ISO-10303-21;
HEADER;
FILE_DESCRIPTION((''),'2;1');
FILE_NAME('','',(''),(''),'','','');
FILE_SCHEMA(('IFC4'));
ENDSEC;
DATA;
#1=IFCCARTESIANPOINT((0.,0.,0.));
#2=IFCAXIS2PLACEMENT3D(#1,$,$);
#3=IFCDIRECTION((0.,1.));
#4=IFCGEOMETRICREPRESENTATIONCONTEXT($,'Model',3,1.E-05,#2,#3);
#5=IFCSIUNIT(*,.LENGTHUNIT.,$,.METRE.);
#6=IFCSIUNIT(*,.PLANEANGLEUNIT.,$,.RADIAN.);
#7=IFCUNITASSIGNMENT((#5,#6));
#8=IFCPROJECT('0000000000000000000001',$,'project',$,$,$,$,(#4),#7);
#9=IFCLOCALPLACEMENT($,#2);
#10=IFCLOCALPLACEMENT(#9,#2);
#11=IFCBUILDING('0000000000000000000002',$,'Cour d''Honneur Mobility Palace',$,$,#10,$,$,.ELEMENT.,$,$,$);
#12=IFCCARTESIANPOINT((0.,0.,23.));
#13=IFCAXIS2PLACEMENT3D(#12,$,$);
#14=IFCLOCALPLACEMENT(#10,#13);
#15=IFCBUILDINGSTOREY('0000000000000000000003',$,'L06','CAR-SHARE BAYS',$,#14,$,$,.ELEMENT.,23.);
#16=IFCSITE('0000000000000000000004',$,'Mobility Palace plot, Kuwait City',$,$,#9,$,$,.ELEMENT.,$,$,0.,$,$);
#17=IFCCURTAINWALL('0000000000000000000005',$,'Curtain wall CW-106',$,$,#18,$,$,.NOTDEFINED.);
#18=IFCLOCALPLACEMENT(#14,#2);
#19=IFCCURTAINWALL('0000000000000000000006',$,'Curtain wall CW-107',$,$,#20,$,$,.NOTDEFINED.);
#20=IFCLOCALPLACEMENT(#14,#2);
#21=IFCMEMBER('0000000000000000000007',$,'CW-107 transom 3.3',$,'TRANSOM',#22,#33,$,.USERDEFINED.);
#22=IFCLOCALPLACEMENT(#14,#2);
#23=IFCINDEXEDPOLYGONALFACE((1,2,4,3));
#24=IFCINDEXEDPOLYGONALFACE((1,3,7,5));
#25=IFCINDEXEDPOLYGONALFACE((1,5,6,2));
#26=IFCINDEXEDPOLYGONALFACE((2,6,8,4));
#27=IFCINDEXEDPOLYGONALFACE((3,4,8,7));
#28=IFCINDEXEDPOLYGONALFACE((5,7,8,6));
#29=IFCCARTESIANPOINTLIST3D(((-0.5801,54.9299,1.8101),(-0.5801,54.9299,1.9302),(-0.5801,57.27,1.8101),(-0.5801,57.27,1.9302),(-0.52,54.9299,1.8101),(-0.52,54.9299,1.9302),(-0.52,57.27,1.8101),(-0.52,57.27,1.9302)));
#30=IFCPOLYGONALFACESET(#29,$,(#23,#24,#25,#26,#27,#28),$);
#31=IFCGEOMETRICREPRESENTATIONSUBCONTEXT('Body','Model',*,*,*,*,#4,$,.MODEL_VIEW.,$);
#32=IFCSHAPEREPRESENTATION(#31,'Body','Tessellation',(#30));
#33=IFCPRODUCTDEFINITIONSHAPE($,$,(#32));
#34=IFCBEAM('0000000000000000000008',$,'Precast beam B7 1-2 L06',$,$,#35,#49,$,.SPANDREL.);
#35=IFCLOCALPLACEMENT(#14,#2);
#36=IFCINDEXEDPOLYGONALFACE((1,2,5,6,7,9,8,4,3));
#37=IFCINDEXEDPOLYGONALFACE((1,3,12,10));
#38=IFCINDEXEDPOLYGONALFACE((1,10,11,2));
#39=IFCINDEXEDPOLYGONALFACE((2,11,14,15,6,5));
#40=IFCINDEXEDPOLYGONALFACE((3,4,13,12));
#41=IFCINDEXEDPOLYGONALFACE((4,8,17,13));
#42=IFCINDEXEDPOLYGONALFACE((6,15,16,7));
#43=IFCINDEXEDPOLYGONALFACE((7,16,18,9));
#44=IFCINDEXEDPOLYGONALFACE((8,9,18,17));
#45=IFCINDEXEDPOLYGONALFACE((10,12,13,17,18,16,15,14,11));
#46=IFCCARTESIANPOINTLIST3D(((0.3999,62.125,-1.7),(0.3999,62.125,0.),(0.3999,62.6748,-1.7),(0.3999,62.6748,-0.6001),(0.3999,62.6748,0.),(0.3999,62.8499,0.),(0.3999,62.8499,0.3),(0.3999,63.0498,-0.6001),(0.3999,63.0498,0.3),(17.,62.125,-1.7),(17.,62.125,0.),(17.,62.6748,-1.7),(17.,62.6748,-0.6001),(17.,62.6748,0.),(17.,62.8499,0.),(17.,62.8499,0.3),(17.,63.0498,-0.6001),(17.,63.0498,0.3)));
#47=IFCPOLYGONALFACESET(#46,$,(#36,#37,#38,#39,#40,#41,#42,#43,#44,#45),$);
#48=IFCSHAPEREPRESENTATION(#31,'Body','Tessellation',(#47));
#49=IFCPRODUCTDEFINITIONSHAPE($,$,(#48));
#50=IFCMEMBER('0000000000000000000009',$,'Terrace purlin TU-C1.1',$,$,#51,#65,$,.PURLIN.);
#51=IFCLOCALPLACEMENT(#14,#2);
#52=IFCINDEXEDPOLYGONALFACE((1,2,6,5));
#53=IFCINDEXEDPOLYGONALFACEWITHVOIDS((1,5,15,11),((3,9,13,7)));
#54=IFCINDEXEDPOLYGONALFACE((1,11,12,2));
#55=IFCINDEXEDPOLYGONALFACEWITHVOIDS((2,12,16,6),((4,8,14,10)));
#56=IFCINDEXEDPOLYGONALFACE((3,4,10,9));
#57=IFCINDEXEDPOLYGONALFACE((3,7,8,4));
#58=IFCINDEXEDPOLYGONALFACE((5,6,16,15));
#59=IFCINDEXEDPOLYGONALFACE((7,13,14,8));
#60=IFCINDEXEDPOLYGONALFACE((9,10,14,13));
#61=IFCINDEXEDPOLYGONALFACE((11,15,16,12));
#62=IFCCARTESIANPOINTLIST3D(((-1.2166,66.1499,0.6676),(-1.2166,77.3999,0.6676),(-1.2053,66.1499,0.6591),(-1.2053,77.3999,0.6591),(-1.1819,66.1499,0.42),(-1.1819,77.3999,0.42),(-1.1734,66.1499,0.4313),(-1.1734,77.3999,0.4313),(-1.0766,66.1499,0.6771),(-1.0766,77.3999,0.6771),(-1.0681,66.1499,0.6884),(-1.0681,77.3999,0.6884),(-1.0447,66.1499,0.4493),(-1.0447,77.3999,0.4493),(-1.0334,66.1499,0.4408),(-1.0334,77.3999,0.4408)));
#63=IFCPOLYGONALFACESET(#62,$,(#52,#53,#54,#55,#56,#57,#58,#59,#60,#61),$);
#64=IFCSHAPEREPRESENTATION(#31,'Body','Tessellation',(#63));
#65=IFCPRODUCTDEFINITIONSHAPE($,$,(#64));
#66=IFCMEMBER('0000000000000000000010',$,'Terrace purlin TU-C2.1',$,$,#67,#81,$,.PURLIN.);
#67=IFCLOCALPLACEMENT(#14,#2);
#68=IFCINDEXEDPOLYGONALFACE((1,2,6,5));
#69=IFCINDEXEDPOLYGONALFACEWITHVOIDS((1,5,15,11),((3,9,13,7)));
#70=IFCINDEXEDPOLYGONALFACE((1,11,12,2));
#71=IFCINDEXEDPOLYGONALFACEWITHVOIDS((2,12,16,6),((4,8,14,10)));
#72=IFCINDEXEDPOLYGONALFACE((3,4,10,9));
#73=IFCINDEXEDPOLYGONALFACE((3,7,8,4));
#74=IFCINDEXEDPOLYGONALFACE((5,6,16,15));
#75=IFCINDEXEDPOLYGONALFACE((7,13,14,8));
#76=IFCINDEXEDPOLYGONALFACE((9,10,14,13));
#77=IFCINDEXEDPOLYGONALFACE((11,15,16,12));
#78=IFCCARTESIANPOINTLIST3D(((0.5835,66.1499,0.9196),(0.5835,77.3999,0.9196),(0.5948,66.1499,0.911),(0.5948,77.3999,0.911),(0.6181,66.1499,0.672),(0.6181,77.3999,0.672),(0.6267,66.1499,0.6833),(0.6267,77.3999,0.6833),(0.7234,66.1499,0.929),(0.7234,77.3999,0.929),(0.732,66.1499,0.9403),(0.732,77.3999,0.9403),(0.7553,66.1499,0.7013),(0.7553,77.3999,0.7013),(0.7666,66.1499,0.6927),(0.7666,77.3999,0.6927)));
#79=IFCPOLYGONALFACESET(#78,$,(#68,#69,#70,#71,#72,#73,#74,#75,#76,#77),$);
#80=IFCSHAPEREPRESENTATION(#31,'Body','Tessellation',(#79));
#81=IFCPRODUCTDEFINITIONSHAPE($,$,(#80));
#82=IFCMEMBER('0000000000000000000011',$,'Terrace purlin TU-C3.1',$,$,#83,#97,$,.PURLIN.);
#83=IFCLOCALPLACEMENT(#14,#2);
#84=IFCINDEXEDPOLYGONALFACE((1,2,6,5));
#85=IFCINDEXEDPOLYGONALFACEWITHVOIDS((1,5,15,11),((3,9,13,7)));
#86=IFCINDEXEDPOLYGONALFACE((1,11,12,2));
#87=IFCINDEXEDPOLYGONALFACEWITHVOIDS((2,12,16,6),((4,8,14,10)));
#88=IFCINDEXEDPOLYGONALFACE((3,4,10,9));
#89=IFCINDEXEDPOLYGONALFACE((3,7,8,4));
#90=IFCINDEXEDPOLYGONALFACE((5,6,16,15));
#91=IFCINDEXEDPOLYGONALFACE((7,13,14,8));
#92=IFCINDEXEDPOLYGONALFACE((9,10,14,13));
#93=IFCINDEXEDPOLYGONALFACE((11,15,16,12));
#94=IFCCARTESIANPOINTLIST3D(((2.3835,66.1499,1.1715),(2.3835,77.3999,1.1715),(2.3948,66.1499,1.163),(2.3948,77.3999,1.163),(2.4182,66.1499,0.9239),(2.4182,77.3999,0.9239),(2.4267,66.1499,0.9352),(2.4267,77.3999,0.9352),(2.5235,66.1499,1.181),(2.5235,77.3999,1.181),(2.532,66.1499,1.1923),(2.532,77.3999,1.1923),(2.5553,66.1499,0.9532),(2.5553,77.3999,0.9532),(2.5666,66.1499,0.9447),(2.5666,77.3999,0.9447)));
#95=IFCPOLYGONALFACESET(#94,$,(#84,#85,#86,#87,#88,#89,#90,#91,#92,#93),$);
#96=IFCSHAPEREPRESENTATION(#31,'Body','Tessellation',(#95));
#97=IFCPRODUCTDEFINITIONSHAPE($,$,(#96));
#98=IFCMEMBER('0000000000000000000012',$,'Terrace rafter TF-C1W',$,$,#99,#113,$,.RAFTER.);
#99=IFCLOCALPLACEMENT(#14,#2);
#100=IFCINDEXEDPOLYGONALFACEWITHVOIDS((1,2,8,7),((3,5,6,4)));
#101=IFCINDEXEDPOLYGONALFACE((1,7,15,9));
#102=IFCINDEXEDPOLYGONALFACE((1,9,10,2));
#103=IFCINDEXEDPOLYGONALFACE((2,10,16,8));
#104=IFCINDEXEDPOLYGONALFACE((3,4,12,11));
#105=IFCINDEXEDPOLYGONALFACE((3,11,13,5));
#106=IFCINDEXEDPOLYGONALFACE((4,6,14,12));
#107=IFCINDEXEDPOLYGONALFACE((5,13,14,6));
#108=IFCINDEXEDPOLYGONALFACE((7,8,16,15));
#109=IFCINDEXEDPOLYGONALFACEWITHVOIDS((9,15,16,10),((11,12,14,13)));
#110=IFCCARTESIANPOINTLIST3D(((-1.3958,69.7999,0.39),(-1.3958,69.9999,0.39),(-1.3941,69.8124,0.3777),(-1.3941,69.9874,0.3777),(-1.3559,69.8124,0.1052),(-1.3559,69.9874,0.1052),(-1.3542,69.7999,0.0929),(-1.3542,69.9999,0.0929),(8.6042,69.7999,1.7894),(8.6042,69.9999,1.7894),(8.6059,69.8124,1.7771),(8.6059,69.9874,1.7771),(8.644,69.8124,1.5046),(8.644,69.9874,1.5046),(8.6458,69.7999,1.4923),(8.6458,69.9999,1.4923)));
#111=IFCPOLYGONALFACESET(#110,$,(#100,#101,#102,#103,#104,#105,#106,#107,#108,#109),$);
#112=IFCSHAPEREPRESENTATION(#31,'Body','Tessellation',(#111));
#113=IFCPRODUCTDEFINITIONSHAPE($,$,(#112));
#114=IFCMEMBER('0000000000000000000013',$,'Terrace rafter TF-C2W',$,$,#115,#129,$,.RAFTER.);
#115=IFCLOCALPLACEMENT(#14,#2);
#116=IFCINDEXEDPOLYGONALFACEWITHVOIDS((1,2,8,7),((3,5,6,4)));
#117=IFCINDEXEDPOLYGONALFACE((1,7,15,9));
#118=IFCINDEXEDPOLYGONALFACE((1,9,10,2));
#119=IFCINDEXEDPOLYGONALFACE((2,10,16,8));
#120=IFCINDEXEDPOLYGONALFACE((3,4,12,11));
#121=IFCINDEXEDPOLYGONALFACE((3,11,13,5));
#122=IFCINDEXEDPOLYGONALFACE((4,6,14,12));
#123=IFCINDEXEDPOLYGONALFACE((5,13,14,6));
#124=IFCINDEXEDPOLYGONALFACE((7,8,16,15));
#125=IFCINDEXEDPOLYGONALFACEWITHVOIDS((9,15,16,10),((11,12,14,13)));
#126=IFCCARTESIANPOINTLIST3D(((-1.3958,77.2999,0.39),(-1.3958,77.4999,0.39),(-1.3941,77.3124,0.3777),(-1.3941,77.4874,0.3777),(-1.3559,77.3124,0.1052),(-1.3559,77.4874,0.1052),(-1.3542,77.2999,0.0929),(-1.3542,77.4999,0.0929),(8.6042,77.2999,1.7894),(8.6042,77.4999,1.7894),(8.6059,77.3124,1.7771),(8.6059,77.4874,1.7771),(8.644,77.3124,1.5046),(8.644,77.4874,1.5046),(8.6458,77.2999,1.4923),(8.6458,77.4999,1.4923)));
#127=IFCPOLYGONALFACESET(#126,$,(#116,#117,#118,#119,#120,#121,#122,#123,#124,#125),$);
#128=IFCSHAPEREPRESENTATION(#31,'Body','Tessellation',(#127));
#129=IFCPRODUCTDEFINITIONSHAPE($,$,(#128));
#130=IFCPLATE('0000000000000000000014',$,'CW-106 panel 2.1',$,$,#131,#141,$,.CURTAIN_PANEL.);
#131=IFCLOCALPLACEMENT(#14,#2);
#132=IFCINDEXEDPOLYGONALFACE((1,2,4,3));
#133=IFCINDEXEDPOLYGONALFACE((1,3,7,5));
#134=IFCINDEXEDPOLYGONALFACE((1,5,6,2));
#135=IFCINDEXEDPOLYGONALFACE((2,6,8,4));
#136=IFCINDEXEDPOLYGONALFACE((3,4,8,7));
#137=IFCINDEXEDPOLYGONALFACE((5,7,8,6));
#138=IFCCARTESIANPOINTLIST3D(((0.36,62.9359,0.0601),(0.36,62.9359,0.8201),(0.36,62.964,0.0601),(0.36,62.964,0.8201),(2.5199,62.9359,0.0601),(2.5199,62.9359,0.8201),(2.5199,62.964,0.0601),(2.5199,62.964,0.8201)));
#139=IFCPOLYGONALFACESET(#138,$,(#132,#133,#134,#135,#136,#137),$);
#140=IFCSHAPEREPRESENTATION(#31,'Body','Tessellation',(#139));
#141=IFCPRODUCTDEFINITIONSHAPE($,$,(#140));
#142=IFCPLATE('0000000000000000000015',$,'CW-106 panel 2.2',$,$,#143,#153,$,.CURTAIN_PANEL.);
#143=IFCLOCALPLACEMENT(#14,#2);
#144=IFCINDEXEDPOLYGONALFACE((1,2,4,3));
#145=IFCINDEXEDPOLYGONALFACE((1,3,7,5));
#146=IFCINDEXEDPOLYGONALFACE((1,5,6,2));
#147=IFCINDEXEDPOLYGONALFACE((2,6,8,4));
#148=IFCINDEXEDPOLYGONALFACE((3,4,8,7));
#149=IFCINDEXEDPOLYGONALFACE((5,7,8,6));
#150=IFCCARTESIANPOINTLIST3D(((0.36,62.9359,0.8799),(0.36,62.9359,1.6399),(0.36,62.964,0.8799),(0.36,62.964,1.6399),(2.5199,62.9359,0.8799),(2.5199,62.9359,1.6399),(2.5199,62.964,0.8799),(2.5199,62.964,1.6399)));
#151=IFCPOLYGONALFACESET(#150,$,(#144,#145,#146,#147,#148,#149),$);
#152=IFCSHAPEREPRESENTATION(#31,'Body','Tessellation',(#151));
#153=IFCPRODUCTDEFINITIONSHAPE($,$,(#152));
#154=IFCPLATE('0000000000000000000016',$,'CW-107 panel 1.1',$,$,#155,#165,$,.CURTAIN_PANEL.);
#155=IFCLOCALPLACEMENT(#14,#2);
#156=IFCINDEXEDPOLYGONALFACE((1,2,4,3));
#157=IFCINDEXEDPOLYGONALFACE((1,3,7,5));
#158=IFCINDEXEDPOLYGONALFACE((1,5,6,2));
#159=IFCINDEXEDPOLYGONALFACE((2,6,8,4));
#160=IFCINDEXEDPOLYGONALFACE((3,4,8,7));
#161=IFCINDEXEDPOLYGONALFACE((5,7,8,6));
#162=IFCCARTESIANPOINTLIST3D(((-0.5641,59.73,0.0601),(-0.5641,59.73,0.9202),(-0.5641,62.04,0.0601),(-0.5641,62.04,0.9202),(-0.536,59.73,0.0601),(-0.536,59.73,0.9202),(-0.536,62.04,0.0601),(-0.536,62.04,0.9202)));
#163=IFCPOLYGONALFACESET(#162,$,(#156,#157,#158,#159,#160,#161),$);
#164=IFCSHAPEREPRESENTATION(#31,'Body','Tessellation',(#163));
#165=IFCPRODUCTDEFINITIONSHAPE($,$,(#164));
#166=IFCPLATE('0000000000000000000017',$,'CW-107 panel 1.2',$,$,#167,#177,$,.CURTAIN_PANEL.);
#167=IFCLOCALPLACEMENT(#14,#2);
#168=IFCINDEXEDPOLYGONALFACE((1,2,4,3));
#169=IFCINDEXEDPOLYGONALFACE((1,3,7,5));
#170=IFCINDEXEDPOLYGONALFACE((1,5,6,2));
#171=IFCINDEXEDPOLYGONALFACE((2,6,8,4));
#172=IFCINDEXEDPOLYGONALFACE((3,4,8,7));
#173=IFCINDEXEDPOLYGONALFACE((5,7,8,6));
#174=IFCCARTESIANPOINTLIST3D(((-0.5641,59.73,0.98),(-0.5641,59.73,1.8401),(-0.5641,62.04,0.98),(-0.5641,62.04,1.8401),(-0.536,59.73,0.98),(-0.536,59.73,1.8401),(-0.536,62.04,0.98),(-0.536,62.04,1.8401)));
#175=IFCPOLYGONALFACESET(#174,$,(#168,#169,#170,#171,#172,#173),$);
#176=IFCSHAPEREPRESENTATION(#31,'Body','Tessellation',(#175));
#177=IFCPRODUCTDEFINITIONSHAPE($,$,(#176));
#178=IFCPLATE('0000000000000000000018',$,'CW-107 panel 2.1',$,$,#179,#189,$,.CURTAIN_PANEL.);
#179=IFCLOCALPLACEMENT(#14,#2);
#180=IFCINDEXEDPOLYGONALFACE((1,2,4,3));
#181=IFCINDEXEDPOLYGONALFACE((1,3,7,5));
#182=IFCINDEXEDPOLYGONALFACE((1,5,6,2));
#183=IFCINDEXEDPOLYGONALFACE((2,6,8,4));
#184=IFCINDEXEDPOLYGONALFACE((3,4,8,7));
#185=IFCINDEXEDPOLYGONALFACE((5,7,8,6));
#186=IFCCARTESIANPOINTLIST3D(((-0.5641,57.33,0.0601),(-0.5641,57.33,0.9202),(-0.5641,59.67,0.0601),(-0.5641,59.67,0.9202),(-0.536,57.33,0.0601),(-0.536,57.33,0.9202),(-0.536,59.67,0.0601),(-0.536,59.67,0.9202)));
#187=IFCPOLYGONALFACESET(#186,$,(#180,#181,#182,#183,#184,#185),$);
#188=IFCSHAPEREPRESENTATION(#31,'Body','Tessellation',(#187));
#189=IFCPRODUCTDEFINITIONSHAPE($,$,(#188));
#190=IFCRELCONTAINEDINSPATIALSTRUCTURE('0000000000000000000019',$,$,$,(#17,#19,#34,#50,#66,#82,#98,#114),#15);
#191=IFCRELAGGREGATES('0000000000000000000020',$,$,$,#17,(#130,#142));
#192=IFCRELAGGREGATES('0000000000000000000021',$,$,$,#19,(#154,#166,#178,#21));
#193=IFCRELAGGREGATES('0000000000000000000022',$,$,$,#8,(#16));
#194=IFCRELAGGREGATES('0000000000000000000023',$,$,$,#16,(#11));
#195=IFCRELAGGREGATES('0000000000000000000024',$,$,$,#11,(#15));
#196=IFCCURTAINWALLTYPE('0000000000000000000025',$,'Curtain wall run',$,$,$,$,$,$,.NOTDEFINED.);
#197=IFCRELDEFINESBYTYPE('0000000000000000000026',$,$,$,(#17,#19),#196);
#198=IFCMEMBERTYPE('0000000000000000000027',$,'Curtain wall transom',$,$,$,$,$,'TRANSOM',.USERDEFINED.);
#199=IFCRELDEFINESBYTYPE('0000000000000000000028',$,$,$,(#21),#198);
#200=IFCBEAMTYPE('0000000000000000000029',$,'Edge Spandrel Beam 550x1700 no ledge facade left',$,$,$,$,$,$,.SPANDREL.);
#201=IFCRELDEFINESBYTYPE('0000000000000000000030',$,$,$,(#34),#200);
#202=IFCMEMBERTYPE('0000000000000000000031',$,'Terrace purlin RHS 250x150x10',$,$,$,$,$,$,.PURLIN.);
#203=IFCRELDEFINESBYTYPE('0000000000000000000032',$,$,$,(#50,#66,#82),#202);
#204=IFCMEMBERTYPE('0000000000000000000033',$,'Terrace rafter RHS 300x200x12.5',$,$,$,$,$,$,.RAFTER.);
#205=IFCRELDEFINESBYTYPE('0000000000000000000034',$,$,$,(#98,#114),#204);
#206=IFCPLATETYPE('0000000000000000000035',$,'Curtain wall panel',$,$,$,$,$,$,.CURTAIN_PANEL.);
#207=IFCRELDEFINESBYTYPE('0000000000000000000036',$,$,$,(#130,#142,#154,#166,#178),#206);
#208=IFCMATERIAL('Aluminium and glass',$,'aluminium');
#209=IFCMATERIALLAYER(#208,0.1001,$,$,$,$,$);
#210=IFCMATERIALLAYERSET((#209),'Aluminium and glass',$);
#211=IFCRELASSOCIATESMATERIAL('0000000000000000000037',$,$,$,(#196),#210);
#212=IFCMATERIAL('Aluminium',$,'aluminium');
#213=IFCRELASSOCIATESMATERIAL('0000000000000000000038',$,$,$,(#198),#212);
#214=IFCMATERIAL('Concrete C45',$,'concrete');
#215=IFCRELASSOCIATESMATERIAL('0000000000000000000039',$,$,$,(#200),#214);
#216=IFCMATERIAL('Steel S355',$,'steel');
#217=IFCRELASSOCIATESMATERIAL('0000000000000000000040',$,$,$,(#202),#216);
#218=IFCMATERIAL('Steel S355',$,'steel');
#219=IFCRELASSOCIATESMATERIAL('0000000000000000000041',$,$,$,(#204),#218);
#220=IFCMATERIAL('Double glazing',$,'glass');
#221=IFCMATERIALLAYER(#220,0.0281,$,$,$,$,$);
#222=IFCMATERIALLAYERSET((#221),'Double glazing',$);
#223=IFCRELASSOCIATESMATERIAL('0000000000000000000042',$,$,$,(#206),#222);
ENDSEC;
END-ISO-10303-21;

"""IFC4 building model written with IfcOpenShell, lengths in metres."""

from ifc_helpers import new_model, si_unit, direction, frame, origin, origin_2d, place, context, subcontext, project, spatial, polyline, rectangle, hollow_rectangle, outline, extrude, material, layer, layer_set, material_profile, profile_set, type_object, element, aggregate, save


model = new_model("IFC4")

# Units and contexts
model_context = context("Model", 3, precision=1e-05, world=origin(), true_north=direction((0.0, 1.0)))
body_context = subcontext(model_context, "Body", "Model", "MODEL_VIEW")
ifc_project = project(units=[si_unit("LENGTHUNIT", "METRE"), si_unit("PLANEANGLEUNIT", "RADIAN")], contexts=[model_context])

# Site, building, storey
site_placement = place(None, origin())
site = spatial("IfcSite", under=ifc_project, at=site_placement, Name="Mobility Palace plot, Kuwait City", CompositionType="ELEMENT", RefElevation=0.0)
building_placement = place(site_placement, origin())
building = spatial("IfcBuilding", under=site, at=building_placement, Name="Cour d'Honneur Mobility Palace", CompositionType="ELEMENT")
storey_placement = place(building_placement, frame((0.0, 0.0, 23.0)))
storey = spatial("IfcBuildingStorey", under=building, at=storey_placement, Name="L06", Description="CAR-SHARE BAYS", CompositionType="ELEMENT", Elevation=23.0)

# Curtain wall
ifc_material_1 = material(Name="Aluminium and glass", Category="aluminium")
ifc_layer_1 = layer(ifc_material_1, 0.1001)
ifc_layer_set_1 = layer_set([ifc_layer_1], Name="Aluminium and glass")
curtain_wall_type = type_object("IfcCurtainWallType", Name="Curtain wall run", PredefinedType="NOTDEFINED", material=ifc_layer_set_1)
curtain_wall_1_placement = place(storey_placement, origin())
curtain_wall_1 = element("IfcCurtainWall", 1, at=curtain_wall_1_placement, inside=storey, type_object=curtain_wall_type, Name="Curtain wall CW-106", PredefinedType="NOTDEFINED")

# Curtain wall
curtain_wall_2_placement = place(storey_placement, origin())
curtain_wall_2 = element("IfcCurtainWall", 2, at=curtain_wall_2_placement, inside=storey, type_object=curtain_wall_type, Name="Curtain wall CW-107", PredefinedType="NOTDEFINED")

# Member
ifc_material_2 = material(Name="Aluminium", Category="aluminium")
ifc_material_profile_1 = material_profile(ifc_material_2, rectangle(XDim=0.0601, YDim=0.1201, at=origin_2d()), Name="Curtain wall transom")
ifc_profile_set_1 = profile_set([ifc_material_profile_1], Name="Aluminium")
member_type_1 = type_object("IfcMemberType", Name="Curtain wall transom", ElementType="TRANSOM", PredefinedType="USERDEFINED", material=ifc_profile_set_1)
member_1_placement = place(storey_placement, frame((-0.55, 57.27, 1.8701), z_axis=(0.0, -1.0, 0.0), x_axis=(1.0, 0.0, 0.0)))
member_1 = element("IfcMember", 3, at=member_1_placement, type_object=member_type_1, Name="CW-107 transom 3.3", ObjectType="TRANSOM", PredefinedType="USERDEFINED", context=body_context, shape_type="SweptSolid", body=[
    extrude(rectangle(XDim=0.0601, YDim=0.1201, at=origin_2d()), origin(), (0.0, 0.0, 1.0), 2.3401),
])

# Beam
ifc_material_3 = material(Name="Concrete C45", Category="concrete")
ifc_material_profile_2 = material_profile(ifc_material_3, outline(polyline([(0.2749, -1.7), (0.2749, -0.6001), (0.6499, -0.6001), (0.6499, 0.3), (0.45, 0.3), (0.45, 0.0), (0.2749, 0.0), (-0.2749, 0.0), (-0.2749, -1.7), (0.2749, -1.7)])), Name="Edge Spandrel Beam 550x1700 no ledge facade left")
ifc_profile_set_2 = profile_set([ifc_material_profile_2], Name="Concrete C45")
beam_type = type_object("IfcBeamType", Name="Edge Spandrel Beam 550x1700 no ledge facade left", PredefinedType="SPANDREL", material=ifc_profile_set_2)
beam_placement = place(storey_placement, frame((0.3999, 62.3999, 0.0), z_axis=(1.0, 0.0, 0.0), x_axis=(0.0, 1.0, 0.0)))
element("IfcBeam", 4, at=beam_placement, inside=storey, type_object=beam_type, Name="Precast beam B7 1-2 L06", PredefinedType="SPANDREL", context=body_context, shape_type="SweptSolid", body=[
    extrude(outline(polyline([(0.2749, -1.7), (0.2749, -0.6001), (0.6499, -0.6001), (0.6499, 0.3), (0.45, 0.3), (0.45, 0.0), (0.2749, 0.0), (-0.2749, 0.0), (-0.2749, -1.7), (0.2749, -1.7)])), origin(), (0.0, 0.0, 1.0), 16.6001),
])

# Members
ifc_material_4 = material(Name="Steel S355", Category="steel")
ifc_material_profile_3 = material_profile(ifc_material_4, hollow_rectangle(XDim=0.1499, YDim=0.25, WallThickness=0.01, at=origin_2d()), Name="RHS 250x150x10")
ifc_profile_set_3 = profile_set([ifc_material_profile_3], Name="Steel S355")
member_type_2 = type_object("IfcMemberType", Name="Terrace purlin RHS 250x150x10", PredefinedType="PURLIN", material=ifc_profile_set_3)
for number, where, z_axis, x_axis, name in (
    (5, (-1.125, 66.1499, 0.5542), (0.0, 1.0, 0.0), (-0.99035, 0.0, -0.138591), "Terrace purlin TU-C1.1"),
    (6, (0.675, 66.1499, 0.8062), (0.0, 1.0, 0.0), (-0.99035, 0.0, -0.138591), "Terrace purlin TU-C2.1"),
    (7, (2.4751, 66.1499, 1.0581), (0.0, 1.0, 0.0), (-0.99035, 0.0, -0.138591), "Terrace purlin TU-C3.1"),
):
    element("IfcMember", number, at=place(storey_placement, frame(where, z_axis=z_axis, x_axis=x_axis)), inside=storey, type_object=member_type_2, Name=name, PredefinedType="PURLIN", context=body_context, shape_type="SweptSolid", body=[
        extrude(hollow_rectangle(XDim=0.1499, YDim=0.25, WallThickness=0.01, at=origin_2d()), origin(), (0.0, 0.0, 1.0), 11.25),
    ])
ifc_material_5 = material(Name="Steel S355", Category="steel")
ifc_material_profile_4 = material_profile(ifc_material_5, hollow_rectangle(XDim=0.2, YDim=0.3, WallThickness=0.0125, at=origin_2d()), Name="RHS 300x200x12.5")
ifc_profile_set_4 = profile_set([ifc_material_profile_4], Name="Steel S355")
member_type_3 = type_object("IfcMemberType", Name="Terrace rafter RHS 300x200x12.5", PredefinedType="RAFTER", material=ifc_profile_set_4)
for number, where, z_axis, x_axis, name in (
    (8, (-1.375, 69.8999, 0.2415), (0.99035, 0.0, 0.138591), (0.0, 1.0, 0.0), "Terrace rafter TF-C1W"),
    (9, (-1.375, 77.3999, 0.2415), (0.99035, 0.0, 0.138591), (0.0, 1.0, 0.0), "Terrace rafter TF-C2W"),
):
    element("IfcMember", number, at=place(storey_placement, frame(where, z_axis=z_axis, x_axis=x_axis)), inside=storey, type_object=member_type_3, Name=name, PredefinedType="RAFTER", context=body_context, shape_type="SweptSolid", body=[
        extrude(hollow_rectangle(XDim=0.2, YDim=0.3, WallThickness=0.0125, at=origin_2d()), origin(), (0.0, 0.0, 1.0), 10.0974),
    ])

# Plates
ifc_material_6 = material(Name="Double glazing", Category="glass")
ifc_layer_2 = layer(ifc_material_6, 0.0281)
ifc_layer_set_2 = layer_set([ifc_layer_2], Name="Double glazing")
plate_type = type_object("IfcPlateType", Name="Curtain wall panel", PredefinedType="CURTAIN_PANEL", material=ifc_layer_set_2)
plate_1_placement = place(storey_placement, frame((1.4399, 62.95, 0.0601), z_axis=(0.0, 0.0, 1.0), x_axis=(-1.0, 0.0, 0.0)))
plate_1 = element("IfcPlate", 10, at=plate_1_placement, type_object=plate_type, Name="CW-106 panel 2.1", PredefinedType="CURTAIN_PANEL", context=body_context, shape_type="SweptSolid", body=[
    extrude(rectangle(XDim=2.1599, YDim=0.0281, at=origin_2d()), origin(), (0.0, 0.0, 1.0), 0.76),
])
plate_2_placement = place(storey_placement, frame((1.4399, 62.95, 0.8799), z_axis=(0.0, 0.0, 1.0), x_axis=(-1.0, 0.0, 0.0)))
plate_2 = element("IfcPlate", 11, at=plate_2_placement, type_object=plate_type, Name="CW-106 panel 2.2", PredefinedType="CURTAIN_PANEL", context=body_context, shape_type="SweptSolid", body=[
    extrude(rectangle(XDim=2.1599, YDim=0.0281, at=origin_2d()), origin(), (0.0, 0.0, 1.0), 0.76),
])
aggregate(curtain_wall_1, [plate_1, plate_2])
plate_3_placement = place(storey_placement, frame((-0.55, 60.885, 0.0601), z_axis=(0.0, 0.0, 1.0), x_axis=(0.0, -1.0, 0.0)))
plate_3 = element("IfcPlate", 12, at=plate_3_placement, type_object=plate_type, Name="CW-107 panel 1.1", PredefinedType="CURTAIN_PANEL", context=body_context, shape_type="SweptSolid", body=[
    extrude(rectangle(XDim=2.3101, YDim=0.0281, at=origin_2d()), origin(), (0.0, 0.0, 1.0), 0.8601),
])
plate_4_placement = place(storey_placement, frame((-0.55, 60.885, 0.98), z_axis=(0.0, 0.0, 1.0), x_axis=(0.0, -1.0, 0.0)))
plate_4 = element("IfcPlate", 13, at=plate_4_placement, type_object=plate_type, Name="CW-107 panel 1.2", PredefinedType="CURTAIN_PANEL", context=body_context, shape_type="SweptSolid", body=[
    extrude(rectangle(XDim=2.3101, YDim=0.0281, at=origin_2d()), origin(), (0.0, 0.0, 1.0), 0.8601),
])
plate_5_placement = place(storey_placement, frame((-0.55, 58.5, 0.0601), z_axis=(0.0, 0.0, 1.0), x_axis=(0.0, -1.0, 0.0)))
plate_5 = element("IfcPlate", 14, at=plate_5_placement, type_object=plate_type, Name="CW-107 panel 2.1", PredefinedType="CURTAIN_PANEL", context=body_context, shape_type="SweptSolid", body=[
    extrude(rectangle(XDim=2.3401, YDim=0.0281, at=origin_2d()), origin(), (0.0, 0.0, 1.0), 0.8601),
])
aggregate(curtain_wall_2, [plate_3, plate_4, plate_5, member_1])

save(model, "model.ifc")
